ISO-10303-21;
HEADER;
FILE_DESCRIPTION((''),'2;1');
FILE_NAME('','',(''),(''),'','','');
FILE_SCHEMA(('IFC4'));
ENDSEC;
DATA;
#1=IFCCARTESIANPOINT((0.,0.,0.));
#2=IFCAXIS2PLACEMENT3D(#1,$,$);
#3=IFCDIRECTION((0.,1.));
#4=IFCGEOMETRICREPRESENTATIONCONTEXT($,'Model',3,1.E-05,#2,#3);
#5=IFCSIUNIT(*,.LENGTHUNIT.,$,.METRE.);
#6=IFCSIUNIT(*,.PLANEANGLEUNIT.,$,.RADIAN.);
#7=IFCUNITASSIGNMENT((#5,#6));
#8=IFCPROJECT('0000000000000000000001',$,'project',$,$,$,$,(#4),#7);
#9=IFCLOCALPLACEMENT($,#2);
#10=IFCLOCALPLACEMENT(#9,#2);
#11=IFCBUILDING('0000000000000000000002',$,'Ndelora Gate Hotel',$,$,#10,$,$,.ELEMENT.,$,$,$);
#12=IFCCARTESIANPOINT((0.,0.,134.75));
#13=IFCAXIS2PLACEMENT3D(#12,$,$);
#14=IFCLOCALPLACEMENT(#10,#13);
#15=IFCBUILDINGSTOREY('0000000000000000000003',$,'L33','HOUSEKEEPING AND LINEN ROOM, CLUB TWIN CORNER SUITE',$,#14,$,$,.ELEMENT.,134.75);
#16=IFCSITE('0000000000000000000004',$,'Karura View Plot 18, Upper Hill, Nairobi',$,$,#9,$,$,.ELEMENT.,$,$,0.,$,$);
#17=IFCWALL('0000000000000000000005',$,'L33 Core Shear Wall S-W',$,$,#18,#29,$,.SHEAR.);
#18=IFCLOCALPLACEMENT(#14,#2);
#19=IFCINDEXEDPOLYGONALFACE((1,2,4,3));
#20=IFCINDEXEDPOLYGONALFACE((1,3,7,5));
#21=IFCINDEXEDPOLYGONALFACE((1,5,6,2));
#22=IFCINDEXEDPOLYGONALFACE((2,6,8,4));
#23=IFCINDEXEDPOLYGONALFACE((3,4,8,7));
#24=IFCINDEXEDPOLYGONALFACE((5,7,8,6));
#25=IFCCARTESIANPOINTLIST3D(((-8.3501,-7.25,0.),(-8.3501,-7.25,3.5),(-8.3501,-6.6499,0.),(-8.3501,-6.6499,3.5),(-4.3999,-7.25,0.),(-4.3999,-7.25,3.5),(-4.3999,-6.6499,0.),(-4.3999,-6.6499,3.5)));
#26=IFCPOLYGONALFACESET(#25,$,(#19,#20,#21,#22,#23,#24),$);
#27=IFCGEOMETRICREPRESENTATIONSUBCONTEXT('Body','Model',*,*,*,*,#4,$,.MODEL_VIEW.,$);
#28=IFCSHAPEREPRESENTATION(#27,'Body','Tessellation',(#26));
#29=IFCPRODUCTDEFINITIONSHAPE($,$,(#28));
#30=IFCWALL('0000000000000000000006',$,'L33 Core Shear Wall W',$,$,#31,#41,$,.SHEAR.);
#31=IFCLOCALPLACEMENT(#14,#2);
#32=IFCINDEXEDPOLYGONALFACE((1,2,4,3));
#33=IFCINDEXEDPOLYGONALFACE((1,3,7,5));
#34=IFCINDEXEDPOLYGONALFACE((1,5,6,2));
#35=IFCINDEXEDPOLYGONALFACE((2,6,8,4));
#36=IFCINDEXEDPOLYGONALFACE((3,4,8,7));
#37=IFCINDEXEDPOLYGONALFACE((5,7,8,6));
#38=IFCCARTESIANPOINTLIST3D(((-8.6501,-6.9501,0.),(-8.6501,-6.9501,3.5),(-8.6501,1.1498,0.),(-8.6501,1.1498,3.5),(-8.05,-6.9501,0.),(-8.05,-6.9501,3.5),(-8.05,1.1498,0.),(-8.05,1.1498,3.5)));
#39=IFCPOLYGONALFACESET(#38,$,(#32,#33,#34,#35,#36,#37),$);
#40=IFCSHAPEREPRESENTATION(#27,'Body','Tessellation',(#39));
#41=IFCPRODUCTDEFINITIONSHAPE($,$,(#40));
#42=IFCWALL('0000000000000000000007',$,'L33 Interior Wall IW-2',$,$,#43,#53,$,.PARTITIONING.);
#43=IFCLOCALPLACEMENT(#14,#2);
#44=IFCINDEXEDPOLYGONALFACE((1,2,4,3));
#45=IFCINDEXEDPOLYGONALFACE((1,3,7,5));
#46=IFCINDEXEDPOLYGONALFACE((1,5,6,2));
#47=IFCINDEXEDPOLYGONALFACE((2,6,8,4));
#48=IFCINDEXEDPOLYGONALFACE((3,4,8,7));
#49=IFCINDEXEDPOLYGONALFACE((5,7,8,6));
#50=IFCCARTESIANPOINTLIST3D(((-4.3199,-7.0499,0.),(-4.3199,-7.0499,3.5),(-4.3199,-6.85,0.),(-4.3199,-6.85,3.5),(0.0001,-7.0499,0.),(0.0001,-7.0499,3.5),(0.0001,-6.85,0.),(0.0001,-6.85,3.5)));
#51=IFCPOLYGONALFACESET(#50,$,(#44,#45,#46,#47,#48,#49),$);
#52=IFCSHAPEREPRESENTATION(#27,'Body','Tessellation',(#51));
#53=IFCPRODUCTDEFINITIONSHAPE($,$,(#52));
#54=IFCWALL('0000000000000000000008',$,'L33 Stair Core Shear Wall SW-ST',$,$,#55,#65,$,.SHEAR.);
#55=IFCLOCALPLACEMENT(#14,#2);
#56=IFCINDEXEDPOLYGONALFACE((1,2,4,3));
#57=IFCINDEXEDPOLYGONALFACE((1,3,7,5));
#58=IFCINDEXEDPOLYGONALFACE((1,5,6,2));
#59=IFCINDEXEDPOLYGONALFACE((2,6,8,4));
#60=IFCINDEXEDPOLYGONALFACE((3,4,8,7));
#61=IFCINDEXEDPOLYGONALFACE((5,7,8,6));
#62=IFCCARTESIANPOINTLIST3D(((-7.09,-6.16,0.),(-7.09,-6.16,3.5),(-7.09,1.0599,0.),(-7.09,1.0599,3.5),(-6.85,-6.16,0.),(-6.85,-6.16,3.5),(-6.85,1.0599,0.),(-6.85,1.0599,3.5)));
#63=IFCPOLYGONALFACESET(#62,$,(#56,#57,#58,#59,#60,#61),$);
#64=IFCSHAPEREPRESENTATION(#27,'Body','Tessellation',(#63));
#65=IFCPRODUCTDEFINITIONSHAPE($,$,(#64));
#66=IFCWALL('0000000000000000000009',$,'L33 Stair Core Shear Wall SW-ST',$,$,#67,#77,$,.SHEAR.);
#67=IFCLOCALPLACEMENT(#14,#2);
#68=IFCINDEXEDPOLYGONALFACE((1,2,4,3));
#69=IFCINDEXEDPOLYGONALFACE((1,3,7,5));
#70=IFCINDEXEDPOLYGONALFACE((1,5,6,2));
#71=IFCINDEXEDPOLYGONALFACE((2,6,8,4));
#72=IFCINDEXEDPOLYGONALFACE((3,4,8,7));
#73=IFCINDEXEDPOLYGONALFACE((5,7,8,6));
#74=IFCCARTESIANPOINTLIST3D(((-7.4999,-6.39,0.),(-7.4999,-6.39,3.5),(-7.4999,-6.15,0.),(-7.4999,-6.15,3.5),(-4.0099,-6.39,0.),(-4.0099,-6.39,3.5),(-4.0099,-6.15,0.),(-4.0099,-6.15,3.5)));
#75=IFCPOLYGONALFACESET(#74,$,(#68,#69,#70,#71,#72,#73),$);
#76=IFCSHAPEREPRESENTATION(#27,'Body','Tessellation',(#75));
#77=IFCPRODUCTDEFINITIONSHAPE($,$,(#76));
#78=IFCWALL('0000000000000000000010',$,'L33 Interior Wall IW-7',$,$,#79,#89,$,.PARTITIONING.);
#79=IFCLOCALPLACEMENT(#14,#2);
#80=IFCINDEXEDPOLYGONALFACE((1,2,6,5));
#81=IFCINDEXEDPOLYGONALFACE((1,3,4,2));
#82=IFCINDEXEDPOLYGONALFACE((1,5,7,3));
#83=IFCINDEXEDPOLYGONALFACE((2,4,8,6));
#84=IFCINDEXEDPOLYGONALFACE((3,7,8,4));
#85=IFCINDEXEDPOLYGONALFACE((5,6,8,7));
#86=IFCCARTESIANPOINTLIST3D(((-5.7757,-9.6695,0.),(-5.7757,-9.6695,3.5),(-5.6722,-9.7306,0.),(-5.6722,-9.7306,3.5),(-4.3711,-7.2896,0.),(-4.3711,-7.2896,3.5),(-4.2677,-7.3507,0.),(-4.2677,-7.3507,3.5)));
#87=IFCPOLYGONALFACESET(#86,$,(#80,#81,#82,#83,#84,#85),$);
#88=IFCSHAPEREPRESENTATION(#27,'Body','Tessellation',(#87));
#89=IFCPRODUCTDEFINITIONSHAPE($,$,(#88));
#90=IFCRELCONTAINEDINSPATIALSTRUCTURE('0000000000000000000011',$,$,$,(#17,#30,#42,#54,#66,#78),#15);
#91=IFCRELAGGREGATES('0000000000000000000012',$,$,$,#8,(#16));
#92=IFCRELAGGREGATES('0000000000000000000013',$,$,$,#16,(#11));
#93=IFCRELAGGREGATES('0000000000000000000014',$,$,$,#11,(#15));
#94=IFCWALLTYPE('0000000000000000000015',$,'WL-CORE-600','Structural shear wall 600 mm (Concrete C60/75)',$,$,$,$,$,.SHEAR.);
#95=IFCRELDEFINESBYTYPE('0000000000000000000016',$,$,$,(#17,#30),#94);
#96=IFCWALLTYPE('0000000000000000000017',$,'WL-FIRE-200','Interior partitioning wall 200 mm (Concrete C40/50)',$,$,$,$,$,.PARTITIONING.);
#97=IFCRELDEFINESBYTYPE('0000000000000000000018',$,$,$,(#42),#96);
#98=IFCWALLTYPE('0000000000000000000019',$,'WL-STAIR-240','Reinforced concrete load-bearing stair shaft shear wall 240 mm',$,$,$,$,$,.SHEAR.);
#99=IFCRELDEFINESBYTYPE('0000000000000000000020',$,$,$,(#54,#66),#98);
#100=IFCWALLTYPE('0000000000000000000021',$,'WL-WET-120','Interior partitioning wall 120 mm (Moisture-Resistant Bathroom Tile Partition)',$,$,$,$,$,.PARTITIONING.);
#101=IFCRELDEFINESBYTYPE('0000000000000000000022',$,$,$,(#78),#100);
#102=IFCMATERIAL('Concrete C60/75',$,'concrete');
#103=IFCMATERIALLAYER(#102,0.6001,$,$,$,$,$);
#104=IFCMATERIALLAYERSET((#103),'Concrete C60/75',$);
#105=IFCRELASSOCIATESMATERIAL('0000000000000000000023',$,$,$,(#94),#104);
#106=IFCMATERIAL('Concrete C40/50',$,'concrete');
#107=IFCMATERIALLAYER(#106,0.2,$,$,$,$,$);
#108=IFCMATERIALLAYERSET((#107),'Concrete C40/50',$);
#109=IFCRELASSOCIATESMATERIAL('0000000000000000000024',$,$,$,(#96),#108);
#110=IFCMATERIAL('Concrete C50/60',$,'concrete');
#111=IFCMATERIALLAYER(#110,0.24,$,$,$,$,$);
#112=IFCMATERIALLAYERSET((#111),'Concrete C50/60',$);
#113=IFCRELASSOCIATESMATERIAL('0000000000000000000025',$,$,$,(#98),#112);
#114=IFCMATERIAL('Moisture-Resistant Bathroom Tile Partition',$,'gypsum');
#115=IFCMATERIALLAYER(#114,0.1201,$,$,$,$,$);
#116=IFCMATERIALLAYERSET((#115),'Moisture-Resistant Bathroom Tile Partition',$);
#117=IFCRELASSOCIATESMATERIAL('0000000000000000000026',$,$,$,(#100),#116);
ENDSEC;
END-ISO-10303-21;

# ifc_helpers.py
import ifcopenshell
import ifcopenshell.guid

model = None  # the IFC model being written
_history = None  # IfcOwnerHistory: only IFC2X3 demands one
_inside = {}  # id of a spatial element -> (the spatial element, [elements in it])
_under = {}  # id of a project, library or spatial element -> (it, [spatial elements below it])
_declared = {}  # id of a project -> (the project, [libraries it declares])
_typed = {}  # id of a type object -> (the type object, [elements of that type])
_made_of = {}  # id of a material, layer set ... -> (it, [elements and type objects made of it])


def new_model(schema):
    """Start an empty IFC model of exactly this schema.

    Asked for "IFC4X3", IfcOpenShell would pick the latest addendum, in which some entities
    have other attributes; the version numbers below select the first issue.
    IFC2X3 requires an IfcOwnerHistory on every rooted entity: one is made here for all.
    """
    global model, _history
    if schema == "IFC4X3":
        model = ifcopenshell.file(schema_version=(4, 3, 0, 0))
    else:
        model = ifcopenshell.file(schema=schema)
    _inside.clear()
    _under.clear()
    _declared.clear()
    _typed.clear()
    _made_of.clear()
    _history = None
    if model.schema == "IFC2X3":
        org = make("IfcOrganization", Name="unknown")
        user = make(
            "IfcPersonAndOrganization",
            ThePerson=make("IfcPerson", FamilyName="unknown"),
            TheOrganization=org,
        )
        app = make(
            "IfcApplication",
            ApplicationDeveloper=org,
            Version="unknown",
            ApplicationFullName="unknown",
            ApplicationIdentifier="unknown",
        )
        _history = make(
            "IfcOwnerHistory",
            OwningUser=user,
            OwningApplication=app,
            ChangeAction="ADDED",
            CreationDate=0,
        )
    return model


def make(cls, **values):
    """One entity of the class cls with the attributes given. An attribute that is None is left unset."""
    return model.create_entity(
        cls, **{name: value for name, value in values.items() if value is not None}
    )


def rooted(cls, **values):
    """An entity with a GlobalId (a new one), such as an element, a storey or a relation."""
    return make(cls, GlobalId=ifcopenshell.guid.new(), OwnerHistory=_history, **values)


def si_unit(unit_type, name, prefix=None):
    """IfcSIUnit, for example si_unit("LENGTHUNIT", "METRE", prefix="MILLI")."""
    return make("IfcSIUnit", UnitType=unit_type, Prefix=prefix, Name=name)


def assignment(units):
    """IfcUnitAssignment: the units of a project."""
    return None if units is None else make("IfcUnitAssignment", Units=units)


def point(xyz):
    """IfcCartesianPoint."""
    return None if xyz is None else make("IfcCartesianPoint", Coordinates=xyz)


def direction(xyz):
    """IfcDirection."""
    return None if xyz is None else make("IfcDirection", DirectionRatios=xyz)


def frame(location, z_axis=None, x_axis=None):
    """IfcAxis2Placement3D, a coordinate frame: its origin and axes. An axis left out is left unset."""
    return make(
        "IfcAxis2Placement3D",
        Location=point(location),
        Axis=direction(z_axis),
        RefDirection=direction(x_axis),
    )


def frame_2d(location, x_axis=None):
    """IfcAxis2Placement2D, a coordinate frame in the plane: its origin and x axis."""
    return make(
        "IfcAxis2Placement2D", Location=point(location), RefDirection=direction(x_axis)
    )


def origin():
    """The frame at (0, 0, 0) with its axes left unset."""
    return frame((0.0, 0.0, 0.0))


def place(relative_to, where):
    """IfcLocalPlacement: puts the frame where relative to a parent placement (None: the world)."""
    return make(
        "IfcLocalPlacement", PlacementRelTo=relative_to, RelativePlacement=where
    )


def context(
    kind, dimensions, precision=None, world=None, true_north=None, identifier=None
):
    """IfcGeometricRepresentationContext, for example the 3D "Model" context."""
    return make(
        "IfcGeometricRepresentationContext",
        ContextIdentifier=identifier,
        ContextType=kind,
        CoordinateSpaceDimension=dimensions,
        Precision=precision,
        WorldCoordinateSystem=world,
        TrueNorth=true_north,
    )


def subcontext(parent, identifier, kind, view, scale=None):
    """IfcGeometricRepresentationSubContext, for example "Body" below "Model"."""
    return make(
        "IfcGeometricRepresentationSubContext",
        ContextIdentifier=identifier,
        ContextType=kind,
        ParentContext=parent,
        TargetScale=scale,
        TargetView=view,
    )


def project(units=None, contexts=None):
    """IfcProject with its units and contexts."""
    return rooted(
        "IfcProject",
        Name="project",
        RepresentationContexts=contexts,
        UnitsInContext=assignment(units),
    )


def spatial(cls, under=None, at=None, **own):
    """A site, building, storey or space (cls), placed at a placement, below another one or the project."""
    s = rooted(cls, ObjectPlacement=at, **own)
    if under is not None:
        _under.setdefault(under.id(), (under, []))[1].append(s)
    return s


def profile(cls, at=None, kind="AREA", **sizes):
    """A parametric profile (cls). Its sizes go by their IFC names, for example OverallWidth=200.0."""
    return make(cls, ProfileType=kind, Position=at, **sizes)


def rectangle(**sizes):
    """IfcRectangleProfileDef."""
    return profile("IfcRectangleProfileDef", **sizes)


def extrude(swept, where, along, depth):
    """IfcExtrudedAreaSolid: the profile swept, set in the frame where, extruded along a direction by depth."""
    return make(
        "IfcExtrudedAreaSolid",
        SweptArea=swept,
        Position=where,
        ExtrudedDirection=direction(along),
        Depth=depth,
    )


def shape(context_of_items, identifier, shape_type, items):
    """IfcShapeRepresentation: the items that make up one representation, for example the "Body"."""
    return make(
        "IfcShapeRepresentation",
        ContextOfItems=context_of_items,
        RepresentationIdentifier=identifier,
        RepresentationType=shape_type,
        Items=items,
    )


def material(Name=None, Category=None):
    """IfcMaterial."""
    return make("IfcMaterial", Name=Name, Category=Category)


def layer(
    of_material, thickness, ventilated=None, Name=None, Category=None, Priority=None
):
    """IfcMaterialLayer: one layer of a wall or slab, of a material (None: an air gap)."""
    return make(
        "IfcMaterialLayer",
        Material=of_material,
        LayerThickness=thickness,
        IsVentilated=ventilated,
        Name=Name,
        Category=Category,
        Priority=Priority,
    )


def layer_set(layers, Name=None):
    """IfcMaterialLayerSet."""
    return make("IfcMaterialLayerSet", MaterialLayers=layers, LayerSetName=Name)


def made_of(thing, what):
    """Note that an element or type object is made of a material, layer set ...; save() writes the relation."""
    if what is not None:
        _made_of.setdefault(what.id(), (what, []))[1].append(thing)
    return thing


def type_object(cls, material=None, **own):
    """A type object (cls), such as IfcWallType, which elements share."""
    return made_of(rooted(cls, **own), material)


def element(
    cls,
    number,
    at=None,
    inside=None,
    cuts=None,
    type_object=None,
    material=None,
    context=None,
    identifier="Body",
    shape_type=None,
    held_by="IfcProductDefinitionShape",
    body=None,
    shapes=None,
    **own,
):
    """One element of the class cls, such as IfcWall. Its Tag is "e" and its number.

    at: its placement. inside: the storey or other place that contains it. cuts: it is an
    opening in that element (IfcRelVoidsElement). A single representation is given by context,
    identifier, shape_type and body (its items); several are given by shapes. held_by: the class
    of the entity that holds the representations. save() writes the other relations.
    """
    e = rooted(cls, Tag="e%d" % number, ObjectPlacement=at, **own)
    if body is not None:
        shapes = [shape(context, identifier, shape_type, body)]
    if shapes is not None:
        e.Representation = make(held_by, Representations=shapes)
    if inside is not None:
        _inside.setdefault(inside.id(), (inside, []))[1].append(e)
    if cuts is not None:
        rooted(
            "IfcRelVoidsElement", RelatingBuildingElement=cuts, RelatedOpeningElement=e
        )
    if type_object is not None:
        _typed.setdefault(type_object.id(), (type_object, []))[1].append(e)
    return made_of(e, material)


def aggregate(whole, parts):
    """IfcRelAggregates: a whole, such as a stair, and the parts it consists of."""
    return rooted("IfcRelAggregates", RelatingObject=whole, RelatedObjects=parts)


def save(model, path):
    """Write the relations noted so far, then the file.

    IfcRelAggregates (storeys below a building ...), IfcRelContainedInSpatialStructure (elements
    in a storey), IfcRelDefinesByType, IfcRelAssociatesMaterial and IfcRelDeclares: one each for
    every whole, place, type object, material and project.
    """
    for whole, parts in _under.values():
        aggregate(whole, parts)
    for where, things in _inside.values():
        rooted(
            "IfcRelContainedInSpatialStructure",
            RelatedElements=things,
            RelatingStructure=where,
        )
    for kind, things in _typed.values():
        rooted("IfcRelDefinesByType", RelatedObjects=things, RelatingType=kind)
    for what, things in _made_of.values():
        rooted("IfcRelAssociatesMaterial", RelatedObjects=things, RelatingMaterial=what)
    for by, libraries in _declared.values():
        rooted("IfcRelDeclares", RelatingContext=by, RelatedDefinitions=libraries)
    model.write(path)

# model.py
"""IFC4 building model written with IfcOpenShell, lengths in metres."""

from ifc_helpers import new_model, si_unit, direction, frame, frame_2d, origin, place, context, subcontext, project, spatial, rectangle, extrude, material, layer, layer_set, type_object, element, save


model = new_model("IFC4")

# Units and contexts
model_context = context("Model", 3, precision=1e-05, world=origin(), true_north=direction((0.0, 1.0)))
body_context = subcontext(model_context, "Body", "Model", "MODEL_VIEW")
ifc_project = project(units=[si_unit("LENGTHUNIT", "METRE"), si_unit("PLANEANGLEUNIT", "RADIAN")], contexts=[model_context])

# Site, building, storey
site_placement = place(None, origin())
site = spatial("IfcSite", under=ifc_project, at=site_placement, Name="Karura View Plot 18, Upper Hill, Nairobi", CompositionType="ELEMENT", RefElevation=0.0)
building_placement = place(site_placement, origin())
building = spatial("IfcBuilding", under=site, at=building_placement, Name="Ndelora Gate Hotel", CompositionType="ELEMENT")
storey_placement = place(building_placement, frame((0.0, 0.0, 134.75)))
storey = spatial("IfcBuildingStorey", under=building, at=storey_placement, Name="L33", Description="HOUSEKEEPING AND LINEN ROOM, CLUB TWIN CORNER SUITE", CompositionType="ELEMENT", Elevation=134.75)

# Shared definitions
ifc_material_1 = material(Name="Concrete C60/75", Category="concrete")

# Walls
ifc_layer_1 = layer(ifc_material_1, 0.6001)
ifc_layer_set_1 = layer_set([ifc_layer_1], Name="Concrete C60/75")
wall_type_1 = type_object("IfcWallType", Name="WL-CORE-600", Description="Structural shear wall 600 mm (Concrete C60/75)", PredefinedType="SHEAR", material=ifc_layer_set_1)
wall_1_placement = place(storey_placement, frame((-8.3501, -6.95, 0.0), z_axis=(0.0, 0.0, 1.0), x_axis=(1.0, 0.0, 0.0)))
element("IfcWall", 1, at=wall_1_placement, inside=storey, type_object=wall_type_1, Name="L33 Core Shear Wall S-W", PredefinedType="SHEAR", context=body_context, shape_type="SweptSolid", body=[
    extrude(rectangle(XDim=3.9502, YDim=0.6001, at=frame_2d((1.9751, 0.0))), origin(), (0.0, 0.0, 1.0), 3.5),
])
wall_2_placement = place(storey_placement, frame((-8.3501, -6.95, 0.0), z_axis=(0.0, 0.0, 1.0), x_axis=(0.0, 1.0, 0.0)))
element("IfcWall", 2, at=wall_2_placement, inside=storey, type_object=wall_type_1, Name="L33 Core Shear Wall W", PredefinedType="SHEAR", context=body_context, shape_type="SweptSolid", body=[
    extrude(rectangle(XDim=8.0999, YDim=0.6001, at=frame_2d((4.0498, 0.0))), origin(), (0.0, 0.0, 1.0), 3.5),
])
ifc_material_2 = material(Name="Concrete C40/50", Category="concrete")
ifc_layer_2 = layer(ifc_material_2, 0.2)
ifc_layer_set_2 = layer_set([ifc_layer_2], Name="Concrete C40/50")
wall_type_2 = type_object("IfcWallType", Name="WL-FIRE-200", Description="Interior partitioning wall 200 mm (Concrete C40/50)", PredefinedType="PARTITIONING", material=ifc_layer_set_2)
wall_3_placement = place(storey_placement, frame((-4.3201, -6.95, 0.0), z_axis=(0.0, 0.0, 1.0), x_axis=(1.0, 0.0, 0.0)))
element("IfcWall", 3, at=wall_3_placement, inside=storey, type_object=wall_type_2, Name="L33 Interior Wall IW-2", PredefinedType="PARTITIONING", context=body_context, shape_type="SweptSolid", body=[
    extrude(rectangle(XDim=4.3201, YDim=0.2, at=frame_2d((2.1602, 0.0))), origin(), (0.0, 0.0, 1.0), 3.5),
])
ifc_material_3 = material(Name="Concrete C50/60", Category="concrete")
ifc_layer_3 = layer(ifc_material_3, 0.24)
ifc_layer_set_3 = layer_set([ifc_layer_3], Name="Concrete C50/60")
wall_type_3 = type_object("IfcWallType", Name="WL-STAIR-240", Description="Reinforced concrete load-bearing stair shaft shear wall 240 mm", PredefinedType="SHEAR", material=ifc_layer_set_3)
wall_4_placement = place(storey_placement, frame((-6.97, -6.1599, 0.0), z_axis=(0.0, 0.0, 1.0), x_axis=(0.0, 1.0, 0.0)))
element("IfcWall", 4, at=wall_4_placement, inside=storey, type_object=wall_type_3, Name="L33 Stair Core Shear Wall SW-ST", PredefinedType="SHEAR", context=body_context, shape_type="SweptSolid", body=[
    extrude(rectangle(XDim=7.22, YDim=0.24, at=frame_2d((3.6099, 0.0))), origin(), (0.0, 0.0, 1.0), 3.5),
])
wall_5_placement = place(storey_placement, frame((-7.5, -6.27, 0.0), z_axis=(0.0, 0.0, 1.0), x_axis=(1.0, 0.0, 0.0)))
element("IfcWall", 5, at=wall_5_placement, inside=storey, type_object=wall_type_3, Name="L33 Stair Core Shear Wall SW-ST", PredefinedType="SHEAR", context=body_context, shape_type="SweptSolid", body=[
    extrude(rectangle(XDim=3.49, YDim=0.24, at=frame_2d((1.7451, 0.0))), origin(), (0.0, 0.0, 1.0), 3.5),
])
ifc_material_4 = material(Name="Moisture-Resistant Bathroom Tile Partition", Category="gypsum")
ifc_layer_4 = layer(ifc_material_4, 0.1201)
ifc_layer_set_4 = layer_set([ifc_layer_4], Name="Moisture-Resistant Bathroom Tile Partition")
wall_type_4 = type_object("IfcWallType", Name="WL-WET-120", Description="Interior partitioning wall 120 mm (Moisture-Resistant Bathroom Tile Partition)", PredefinedType="PARTITIONING", material=ifc_layer_set_4)
wall_6_placement = place(storey_placement, frame((-4.3193, -7.3201, 0.0), z_axis=(0.0, 0.0, 1.0), x_axis=(-0.508259, -0.861204, 0.0)))
element("IfcWall", 6, at=wall_6_placement, inside=storey, type_object=wall_type_4, Name="L33 Interior Wall IW-7", PredefinedType="PARTITIONING", context=body_context, shape_type="SweptSolid", body=[
    extrude(rectangle(XDim=2.7634, YDim=0.1201, at=frame_2d((1.3818, 0.0))), origin(), (0.0, 0.0, 1.0), 3.5),
])

save(model, "model.ifc")
